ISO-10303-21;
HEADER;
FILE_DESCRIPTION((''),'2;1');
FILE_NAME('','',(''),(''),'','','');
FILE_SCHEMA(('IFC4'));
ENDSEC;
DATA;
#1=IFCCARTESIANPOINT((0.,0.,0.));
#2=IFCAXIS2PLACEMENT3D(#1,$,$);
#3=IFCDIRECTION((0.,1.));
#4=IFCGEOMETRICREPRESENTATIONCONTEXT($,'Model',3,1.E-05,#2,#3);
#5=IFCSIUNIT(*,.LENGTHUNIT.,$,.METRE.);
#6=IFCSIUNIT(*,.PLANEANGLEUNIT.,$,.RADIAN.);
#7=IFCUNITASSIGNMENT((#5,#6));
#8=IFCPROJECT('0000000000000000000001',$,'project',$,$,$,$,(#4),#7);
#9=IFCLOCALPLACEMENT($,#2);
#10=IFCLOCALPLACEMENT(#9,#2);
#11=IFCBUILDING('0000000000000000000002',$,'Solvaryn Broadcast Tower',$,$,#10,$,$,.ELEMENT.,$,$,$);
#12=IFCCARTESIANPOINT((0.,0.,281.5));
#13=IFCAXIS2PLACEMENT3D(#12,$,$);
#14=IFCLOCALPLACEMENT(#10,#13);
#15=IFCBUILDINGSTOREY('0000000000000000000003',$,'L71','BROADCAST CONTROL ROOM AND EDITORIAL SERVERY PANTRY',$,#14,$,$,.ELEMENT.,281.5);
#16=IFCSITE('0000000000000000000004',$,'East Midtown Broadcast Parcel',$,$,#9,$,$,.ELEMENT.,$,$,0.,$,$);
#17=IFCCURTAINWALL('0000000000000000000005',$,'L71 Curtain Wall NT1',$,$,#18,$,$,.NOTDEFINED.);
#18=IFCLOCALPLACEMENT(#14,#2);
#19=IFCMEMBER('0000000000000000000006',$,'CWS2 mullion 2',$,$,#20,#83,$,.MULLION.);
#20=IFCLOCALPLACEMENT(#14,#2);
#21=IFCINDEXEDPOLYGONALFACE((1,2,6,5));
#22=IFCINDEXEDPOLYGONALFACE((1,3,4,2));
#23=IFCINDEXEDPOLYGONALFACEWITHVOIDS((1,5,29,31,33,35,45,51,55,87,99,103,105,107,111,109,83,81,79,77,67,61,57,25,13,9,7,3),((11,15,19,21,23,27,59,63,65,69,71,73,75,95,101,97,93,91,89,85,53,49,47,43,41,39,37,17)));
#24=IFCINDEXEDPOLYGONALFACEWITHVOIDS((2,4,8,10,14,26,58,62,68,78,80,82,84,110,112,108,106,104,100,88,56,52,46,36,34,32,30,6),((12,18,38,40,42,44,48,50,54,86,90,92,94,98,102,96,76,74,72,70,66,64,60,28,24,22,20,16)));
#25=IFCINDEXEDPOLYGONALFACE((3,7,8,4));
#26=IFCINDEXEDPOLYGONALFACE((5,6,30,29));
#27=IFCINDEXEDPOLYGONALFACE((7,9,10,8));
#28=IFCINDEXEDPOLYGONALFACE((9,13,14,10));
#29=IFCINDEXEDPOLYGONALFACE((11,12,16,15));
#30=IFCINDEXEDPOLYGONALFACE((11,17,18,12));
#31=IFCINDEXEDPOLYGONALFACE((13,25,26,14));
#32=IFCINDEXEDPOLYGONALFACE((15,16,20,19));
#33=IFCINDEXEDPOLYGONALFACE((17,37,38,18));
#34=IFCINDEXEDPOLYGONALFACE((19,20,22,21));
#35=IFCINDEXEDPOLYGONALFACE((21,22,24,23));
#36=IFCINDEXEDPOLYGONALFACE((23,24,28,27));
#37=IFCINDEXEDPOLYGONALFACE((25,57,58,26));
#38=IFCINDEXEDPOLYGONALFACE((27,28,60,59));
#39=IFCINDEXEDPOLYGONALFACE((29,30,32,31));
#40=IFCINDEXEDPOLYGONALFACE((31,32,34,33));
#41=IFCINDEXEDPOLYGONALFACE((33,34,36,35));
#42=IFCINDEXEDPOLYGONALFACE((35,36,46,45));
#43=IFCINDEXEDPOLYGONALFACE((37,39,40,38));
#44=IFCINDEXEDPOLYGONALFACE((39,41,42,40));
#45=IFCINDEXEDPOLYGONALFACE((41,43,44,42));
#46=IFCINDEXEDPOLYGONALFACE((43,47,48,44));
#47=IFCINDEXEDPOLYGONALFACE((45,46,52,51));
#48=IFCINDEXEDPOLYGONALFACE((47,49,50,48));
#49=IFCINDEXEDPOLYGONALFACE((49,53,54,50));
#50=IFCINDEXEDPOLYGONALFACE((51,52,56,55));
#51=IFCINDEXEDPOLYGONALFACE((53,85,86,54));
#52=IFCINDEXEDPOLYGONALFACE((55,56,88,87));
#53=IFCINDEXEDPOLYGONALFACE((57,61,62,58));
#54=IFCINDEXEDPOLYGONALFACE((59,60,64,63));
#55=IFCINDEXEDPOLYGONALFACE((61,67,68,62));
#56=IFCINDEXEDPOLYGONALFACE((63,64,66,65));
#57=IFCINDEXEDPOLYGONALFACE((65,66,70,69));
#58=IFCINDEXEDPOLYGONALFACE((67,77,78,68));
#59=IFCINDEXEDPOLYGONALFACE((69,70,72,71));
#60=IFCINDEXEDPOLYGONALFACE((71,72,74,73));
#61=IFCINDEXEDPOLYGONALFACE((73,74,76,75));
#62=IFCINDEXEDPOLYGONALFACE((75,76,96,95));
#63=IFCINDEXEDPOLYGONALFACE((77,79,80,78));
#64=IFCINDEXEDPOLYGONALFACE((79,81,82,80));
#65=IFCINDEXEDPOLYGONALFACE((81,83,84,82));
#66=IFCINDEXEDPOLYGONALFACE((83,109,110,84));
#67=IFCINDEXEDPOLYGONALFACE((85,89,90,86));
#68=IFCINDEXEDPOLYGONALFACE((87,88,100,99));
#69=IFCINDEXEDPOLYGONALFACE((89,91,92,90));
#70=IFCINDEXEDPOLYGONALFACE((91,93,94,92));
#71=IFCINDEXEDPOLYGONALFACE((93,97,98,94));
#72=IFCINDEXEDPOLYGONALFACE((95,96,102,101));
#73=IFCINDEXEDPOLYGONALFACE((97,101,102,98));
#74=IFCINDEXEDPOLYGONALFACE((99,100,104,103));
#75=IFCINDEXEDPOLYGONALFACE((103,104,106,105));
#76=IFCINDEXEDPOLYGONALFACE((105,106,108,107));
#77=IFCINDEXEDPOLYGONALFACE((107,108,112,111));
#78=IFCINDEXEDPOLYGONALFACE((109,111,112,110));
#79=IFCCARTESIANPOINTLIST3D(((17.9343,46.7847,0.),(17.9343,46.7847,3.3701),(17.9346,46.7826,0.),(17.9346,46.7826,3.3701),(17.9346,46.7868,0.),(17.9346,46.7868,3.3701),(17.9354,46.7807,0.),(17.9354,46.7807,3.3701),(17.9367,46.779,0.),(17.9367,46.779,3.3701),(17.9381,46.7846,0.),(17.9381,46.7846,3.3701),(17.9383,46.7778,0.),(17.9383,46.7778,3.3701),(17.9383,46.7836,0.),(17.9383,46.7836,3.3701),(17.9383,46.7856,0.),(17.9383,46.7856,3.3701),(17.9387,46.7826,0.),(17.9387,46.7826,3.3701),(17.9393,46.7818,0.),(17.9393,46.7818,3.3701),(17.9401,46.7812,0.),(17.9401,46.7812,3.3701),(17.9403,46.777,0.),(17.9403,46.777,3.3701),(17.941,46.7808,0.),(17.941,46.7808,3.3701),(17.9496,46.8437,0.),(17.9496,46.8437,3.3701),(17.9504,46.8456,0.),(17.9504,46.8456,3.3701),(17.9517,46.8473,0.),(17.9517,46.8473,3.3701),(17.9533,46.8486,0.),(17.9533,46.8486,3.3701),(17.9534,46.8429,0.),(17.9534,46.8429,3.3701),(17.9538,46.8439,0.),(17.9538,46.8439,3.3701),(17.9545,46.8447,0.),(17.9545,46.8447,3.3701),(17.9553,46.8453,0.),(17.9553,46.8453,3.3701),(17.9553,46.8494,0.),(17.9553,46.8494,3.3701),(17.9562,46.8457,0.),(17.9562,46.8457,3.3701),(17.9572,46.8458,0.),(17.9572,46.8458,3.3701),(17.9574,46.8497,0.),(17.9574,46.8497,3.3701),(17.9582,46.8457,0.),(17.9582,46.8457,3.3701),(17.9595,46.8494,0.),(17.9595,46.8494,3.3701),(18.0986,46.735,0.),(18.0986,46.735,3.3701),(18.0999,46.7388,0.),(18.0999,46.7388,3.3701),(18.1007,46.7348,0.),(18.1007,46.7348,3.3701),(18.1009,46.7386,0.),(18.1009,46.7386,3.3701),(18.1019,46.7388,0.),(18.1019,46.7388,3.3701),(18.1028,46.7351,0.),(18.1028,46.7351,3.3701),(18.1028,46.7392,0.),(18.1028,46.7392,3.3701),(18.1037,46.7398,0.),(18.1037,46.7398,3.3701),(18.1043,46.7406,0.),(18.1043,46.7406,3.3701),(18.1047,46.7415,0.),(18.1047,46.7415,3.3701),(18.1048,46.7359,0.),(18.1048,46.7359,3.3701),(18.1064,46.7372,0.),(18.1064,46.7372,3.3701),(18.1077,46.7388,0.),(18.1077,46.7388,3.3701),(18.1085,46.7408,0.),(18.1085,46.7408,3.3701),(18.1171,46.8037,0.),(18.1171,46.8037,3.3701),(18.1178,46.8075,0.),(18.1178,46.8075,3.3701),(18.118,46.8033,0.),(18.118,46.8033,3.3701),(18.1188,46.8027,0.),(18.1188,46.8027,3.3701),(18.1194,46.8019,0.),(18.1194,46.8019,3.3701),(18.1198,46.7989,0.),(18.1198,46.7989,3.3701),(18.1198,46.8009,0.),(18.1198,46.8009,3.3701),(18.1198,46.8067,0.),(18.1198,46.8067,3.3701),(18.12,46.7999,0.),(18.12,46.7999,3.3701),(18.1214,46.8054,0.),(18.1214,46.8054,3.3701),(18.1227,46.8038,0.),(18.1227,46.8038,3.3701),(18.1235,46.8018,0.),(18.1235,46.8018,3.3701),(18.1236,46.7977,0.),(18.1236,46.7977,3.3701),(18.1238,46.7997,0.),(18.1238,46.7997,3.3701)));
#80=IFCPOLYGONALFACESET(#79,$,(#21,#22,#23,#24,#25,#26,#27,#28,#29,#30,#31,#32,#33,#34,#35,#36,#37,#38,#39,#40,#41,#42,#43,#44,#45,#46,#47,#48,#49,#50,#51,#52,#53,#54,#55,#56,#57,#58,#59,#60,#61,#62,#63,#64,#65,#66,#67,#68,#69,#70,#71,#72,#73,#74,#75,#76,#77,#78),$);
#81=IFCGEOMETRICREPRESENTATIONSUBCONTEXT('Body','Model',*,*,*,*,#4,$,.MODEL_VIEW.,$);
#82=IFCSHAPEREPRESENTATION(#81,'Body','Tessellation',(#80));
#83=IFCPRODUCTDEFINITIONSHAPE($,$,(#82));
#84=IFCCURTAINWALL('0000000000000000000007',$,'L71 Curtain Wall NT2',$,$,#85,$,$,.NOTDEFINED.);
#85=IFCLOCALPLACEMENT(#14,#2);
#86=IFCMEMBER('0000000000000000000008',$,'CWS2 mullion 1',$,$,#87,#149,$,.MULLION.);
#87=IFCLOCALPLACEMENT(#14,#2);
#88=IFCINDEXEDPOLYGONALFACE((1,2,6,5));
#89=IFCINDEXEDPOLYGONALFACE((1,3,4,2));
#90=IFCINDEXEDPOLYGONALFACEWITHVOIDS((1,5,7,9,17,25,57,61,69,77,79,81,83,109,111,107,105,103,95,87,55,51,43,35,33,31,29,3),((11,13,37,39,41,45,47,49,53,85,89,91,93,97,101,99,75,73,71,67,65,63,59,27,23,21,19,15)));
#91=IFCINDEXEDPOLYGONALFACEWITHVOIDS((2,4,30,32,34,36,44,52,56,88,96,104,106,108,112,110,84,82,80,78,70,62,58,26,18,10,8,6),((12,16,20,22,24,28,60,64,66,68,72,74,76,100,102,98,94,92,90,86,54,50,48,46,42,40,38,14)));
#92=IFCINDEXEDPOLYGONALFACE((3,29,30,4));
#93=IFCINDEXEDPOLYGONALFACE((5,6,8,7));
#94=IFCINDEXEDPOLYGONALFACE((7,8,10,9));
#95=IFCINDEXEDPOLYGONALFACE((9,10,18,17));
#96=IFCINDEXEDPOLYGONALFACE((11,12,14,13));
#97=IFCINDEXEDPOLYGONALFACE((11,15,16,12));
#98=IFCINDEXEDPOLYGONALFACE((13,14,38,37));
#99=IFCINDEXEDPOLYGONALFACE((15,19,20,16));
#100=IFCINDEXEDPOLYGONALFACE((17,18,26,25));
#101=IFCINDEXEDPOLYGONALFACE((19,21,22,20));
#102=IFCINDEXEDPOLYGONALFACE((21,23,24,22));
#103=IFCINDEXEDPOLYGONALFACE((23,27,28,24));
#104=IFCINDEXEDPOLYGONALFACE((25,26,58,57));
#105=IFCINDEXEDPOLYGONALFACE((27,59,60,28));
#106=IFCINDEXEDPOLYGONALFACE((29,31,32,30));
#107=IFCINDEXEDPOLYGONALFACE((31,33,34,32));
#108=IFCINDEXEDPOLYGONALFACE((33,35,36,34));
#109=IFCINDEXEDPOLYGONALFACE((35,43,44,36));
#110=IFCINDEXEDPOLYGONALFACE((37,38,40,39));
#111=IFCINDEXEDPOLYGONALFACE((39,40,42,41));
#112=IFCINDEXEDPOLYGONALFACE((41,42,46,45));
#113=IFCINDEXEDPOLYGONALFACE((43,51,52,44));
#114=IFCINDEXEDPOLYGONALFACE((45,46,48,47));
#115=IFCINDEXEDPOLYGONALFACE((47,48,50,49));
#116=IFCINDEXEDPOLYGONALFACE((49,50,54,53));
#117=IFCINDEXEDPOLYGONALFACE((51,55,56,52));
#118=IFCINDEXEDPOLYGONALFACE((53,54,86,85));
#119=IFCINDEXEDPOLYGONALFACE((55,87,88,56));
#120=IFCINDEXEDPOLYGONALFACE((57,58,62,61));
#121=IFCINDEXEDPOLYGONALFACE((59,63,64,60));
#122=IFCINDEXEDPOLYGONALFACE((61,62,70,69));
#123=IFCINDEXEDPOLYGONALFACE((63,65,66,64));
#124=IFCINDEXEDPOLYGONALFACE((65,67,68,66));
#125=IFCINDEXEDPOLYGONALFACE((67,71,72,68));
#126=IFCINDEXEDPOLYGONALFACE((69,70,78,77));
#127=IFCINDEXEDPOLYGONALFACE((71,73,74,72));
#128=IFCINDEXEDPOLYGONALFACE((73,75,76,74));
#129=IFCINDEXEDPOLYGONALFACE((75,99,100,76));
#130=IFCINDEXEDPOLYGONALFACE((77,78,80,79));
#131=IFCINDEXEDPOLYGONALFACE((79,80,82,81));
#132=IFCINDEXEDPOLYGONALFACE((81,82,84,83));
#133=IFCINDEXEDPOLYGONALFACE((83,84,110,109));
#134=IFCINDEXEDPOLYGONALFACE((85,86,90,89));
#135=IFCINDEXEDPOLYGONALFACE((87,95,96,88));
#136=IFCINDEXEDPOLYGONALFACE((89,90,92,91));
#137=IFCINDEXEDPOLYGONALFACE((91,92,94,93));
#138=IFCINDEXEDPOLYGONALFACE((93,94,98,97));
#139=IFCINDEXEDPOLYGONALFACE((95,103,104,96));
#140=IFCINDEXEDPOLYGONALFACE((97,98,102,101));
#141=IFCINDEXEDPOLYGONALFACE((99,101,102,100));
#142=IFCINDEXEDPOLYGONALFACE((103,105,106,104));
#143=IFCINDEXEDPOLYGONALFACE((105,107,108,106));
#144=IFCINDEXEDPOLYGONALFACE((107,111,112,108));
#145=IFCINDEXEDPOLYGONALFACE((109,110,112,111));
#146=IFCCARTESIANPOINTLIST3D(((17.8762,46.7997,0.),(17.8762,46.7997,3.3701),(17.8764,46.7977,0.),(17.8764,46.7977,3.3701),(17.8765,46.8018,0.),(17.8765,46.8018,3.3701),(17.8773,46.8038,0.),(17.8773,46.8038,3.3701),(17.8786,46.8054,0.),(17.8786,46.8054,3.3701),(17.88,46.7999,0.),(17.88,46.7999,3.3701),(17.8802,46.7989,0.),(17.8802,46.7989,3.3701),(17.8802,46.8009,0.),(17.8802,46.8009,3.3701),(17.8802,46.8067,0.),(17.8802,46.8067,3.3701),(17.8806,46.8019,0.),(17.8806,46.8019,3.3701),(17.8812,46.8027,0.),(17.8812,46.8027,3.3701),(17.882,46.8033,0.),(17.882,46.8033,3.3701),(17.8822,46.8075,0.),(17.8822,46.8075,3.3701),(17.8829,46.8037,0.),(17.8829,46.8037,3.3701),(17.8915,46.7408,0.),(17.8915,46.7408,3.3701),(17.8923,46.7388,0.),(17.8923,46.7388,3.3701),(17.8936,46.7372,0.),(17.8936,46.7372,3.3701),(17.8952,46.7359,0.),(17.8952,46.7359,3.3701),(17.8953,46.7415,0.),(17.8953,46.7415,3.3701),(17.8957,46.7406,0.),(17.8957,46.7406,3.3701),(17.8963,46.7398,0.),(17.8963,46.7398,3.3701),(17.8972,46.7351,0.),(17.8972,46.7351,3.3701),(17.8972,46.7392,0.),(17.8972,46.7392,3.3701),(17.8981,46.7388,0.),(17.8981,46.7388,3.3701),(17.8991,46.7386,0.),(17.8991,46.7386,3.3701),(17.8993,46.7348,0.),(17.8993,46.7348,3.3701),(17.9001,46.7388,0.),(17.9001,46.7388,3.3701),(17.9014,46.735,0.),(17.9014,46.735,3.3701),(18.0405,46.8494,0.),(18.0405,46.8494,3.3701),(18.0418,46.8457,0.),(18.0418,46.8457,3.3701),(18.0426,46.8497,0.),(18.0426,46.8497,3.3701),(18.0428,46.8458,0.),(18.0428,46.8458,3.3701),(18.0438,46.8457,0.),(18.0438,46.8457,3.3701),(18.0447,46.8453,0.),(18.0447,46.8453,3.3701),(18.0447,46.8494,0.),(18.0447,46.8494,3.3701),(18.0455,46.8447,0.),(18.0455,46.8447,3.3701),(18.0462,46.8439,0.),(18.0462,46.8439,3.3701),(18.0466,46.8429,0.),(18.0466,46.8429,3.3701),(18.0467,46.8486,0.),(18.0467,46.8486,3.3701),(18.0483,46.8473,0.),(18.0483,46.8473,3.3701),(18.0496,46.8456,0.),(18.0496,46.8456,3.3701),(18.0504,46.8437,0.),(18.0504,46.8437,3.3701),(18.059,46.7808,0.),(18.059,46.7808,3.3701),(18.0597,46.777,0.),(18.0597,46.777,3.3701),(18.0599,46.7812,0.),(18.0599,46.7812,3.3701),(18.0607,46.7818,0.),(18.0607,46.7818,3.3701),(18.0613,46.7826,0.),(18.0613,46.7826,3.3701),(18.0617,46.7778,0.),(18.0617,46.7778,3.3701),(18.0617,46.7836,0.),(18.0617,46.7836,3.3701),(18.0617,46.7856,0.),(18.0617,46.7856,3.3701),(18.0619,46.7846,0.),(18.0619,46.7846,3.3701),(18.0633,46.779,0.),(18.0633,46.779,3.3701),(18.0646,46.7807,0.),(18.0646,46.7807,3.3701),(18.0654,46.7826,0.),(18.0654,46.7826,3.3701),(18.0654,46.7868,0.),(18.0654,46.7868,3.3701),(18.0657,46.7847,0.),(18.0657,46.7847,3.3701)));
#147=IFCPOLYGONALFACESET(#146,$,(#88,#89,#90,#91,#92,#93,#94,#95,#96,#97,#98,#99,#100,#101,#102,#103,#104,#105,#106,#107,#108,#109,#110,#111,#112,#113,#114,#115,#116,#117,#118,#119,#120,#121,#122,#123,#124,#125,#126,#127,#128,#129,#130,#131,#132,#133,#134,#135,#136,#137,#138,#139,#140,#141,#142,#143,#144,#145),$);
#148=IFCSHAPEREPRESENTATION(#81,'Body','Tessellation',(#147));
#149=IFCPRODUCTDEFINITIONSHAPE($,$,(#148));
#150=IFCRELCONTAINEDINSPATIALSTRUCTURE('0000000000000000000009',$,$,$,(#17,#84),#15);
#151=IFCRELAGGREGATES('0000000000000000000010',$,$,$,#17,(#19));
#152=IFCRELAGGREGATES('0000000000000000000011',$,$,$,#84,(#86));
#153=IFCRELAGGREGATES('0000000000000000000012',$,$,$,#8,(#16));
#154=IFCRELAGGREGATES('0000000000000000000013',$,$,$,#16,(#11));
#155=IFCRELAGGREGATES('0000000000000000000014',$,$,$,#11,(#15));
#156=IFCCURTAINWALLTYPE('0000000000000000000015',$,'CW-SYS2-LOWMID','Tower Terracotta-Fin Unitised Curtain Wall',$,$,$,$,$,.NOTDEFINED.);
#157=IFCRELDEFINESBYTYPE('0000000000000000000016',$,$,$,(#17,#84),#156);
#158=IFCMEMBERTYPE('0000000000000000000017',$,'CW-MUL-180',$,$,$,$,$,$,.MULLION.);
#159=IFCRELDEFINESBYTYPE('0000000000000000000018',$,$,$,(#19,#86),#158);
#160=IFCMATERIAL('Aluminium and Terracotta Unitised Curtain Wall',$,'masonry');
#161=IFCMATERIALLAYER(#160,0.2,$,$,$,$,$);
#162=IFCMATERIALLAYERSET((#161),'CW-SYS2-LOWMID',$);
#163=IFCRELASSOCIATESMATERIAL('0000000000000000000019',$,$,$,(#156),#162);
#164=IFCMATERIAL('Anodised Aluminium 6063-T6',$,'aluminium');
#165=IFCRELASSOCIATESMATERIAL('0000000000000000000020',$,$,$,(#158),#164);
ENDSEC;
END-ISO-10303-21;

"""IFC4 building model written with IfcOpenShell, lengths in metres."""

from ifc_helpers import new_model, si_unit, direction, frame, origin, origin_2d, place, context, subcontext, project, spatial, hollow_rectangle, extrude, material, layer, layer_set, material_profile, profile_set, type_object, element, aggregate, save


model = new_model("IFC4")

# Units and contexts
model_context = context("Model", 3, precision=1e-05, world=origin(), true_north=direction((0.0, 1.0)))
body_context = subcontext(model_context, "Body", "Model", "MODEL_VIEW")
ifc_project = project(units=[si_unit("LENGTHUNIT", "METRE"), si_unit("PLANEANGLEUNIT", "RADIAN")], contexts=[model_context])

# Site, building, storey
site_placement = place(None, origin())
site = spatial("IfcSite", under=ifc_project, at=site_placement, Name="East Midtown Broadcast Parcel", CompositionType="ELEMENT", RefElevation=0.0)
building_placement = place(site_placement, origin())
building = spatial("IfcBuilding", under=site, at=building_placement, Name="Solvaryn Broadcast Tower", CompositionType="ELEMENT")
storey_placement = place(building_placement, frame((0.0, 0.0, 281.5)))
storey = spatial("IfcBuildingStorey", under=building, at=storey_placement, Name="L71", Description="BROADCAST CONTROL ROOM AND EDITORIAL SERVERY PANTRY", CompositionType="ELEMENT", Elevation=281.5)

# Curtain wall, member
ifc_material_1 = material(Name="Aluminium and Terracotta Unitised Curtain Wall", Category="masonry")
ifc_layer_1 = layer(ifc_material_1, 0.2)
ifc_layer_set_1 = layer_set([ifc_layer_1], Name="CW-SYS2-LOWMID")
curtain_wall_type = type_object("IfcCurtainWallType", Name="CW-SYS2-LOWMID", Description="Tower Terracotta-Fin Unitised Curtain Wall", PredefinedType="NOTDEFINED", material=ifc_layer_set_1)
ifc_material_2 = material(Name="Anodised Aluminium 6063-T6", Category="aluminium")
ifc_material_profile_1 = material_profile(ifc_material_2, hollow_rectangle(XDim=0.075, YDim=0.1799, WallThickness=0.0039, InnerFilletRadius=0.0039, OuterFilletRadius=0.0081, at=origin_2d()))
ifc_profile_set_1 = profile_set([ifc_material_profile_1], Name="Anodised Aluminium 6063-T6")
member_type_1 = type_object("IfcMemberType", Name="CW-MUL-180", PredefinedType="MULLION", material=ifc_profile_set_1)
curtain_wall_1_placement = place(storey_placement, origin())
curtain_wall_1 = element("IfcCurtainWall", 1, at=curtain_wall_1_placement, inside=storey, type_object=curtain_wall_type, Name="L71 Curtain Wall NT1", PredefinedType="NOTDEFINED")
member_1_placement = place(storey_placement, frame((18.0291, 46.7922, 0.0), z_axis=(0.0, 0.0, 1.0), x_axis=(-0.255893, -0.966705, 0.0)))
member_1 = element("IfcMember", 2, at=member_1_placement, type_object=member_type_1, Name="CWS2 mullion 2", PredefinedType="MULLION", context=body_context, shape_type="SweptSolid", body=[
    extrude(hollow_rectangle(XDim=0.075, YDim=0.1799, WallThickness=0.0039, InnerFilletRadius=0.0039, OuterFilletRadius=0.0081, at=origin_2d()), origin(), (0.0, 0.0, 1.0), 3.3701),
])

# Curtain wall, member
curtain_wall_2_placement = place(storey_placement, origin())
curtain_wall_2 = element("IfcCurtainWall", 3, at=curtain_wall_2_placement, inside=storey, type_object=curtain_wall_type, Name="L71 Curtain Wall NT2", PredefinedType="NOTDEFINED")
member_2_placement = place(storey_placement, frame((17.9709, 46.7922, 0.0), z_axis=(0.0, 0.0, 1.0), x_axis=(0.255893, -0.966705, 0.0)))
member_2 = element("IfcMember", 4, at=member_2_placement, type_object=member_type_1, Name="CWS2 mullion 1", PredefinedType="MULLION", context=body_context, shape_type="SweptSolid", body=[
    extrude(hollow_rectangle(XDim=0.075, YDim=0.1799, WallThickness=0.0039, InnerFilletRadius=0.0039, OuterFilletRadius=0.0081, at=origin_2d()), origin(), (0.0, 0.0, 1.0), 3.3701),
])

aggregate(curtain_wall_1, [member_1])
aggregate(curtain_wall_2, [member_2])

save(model, "model.ifc")
